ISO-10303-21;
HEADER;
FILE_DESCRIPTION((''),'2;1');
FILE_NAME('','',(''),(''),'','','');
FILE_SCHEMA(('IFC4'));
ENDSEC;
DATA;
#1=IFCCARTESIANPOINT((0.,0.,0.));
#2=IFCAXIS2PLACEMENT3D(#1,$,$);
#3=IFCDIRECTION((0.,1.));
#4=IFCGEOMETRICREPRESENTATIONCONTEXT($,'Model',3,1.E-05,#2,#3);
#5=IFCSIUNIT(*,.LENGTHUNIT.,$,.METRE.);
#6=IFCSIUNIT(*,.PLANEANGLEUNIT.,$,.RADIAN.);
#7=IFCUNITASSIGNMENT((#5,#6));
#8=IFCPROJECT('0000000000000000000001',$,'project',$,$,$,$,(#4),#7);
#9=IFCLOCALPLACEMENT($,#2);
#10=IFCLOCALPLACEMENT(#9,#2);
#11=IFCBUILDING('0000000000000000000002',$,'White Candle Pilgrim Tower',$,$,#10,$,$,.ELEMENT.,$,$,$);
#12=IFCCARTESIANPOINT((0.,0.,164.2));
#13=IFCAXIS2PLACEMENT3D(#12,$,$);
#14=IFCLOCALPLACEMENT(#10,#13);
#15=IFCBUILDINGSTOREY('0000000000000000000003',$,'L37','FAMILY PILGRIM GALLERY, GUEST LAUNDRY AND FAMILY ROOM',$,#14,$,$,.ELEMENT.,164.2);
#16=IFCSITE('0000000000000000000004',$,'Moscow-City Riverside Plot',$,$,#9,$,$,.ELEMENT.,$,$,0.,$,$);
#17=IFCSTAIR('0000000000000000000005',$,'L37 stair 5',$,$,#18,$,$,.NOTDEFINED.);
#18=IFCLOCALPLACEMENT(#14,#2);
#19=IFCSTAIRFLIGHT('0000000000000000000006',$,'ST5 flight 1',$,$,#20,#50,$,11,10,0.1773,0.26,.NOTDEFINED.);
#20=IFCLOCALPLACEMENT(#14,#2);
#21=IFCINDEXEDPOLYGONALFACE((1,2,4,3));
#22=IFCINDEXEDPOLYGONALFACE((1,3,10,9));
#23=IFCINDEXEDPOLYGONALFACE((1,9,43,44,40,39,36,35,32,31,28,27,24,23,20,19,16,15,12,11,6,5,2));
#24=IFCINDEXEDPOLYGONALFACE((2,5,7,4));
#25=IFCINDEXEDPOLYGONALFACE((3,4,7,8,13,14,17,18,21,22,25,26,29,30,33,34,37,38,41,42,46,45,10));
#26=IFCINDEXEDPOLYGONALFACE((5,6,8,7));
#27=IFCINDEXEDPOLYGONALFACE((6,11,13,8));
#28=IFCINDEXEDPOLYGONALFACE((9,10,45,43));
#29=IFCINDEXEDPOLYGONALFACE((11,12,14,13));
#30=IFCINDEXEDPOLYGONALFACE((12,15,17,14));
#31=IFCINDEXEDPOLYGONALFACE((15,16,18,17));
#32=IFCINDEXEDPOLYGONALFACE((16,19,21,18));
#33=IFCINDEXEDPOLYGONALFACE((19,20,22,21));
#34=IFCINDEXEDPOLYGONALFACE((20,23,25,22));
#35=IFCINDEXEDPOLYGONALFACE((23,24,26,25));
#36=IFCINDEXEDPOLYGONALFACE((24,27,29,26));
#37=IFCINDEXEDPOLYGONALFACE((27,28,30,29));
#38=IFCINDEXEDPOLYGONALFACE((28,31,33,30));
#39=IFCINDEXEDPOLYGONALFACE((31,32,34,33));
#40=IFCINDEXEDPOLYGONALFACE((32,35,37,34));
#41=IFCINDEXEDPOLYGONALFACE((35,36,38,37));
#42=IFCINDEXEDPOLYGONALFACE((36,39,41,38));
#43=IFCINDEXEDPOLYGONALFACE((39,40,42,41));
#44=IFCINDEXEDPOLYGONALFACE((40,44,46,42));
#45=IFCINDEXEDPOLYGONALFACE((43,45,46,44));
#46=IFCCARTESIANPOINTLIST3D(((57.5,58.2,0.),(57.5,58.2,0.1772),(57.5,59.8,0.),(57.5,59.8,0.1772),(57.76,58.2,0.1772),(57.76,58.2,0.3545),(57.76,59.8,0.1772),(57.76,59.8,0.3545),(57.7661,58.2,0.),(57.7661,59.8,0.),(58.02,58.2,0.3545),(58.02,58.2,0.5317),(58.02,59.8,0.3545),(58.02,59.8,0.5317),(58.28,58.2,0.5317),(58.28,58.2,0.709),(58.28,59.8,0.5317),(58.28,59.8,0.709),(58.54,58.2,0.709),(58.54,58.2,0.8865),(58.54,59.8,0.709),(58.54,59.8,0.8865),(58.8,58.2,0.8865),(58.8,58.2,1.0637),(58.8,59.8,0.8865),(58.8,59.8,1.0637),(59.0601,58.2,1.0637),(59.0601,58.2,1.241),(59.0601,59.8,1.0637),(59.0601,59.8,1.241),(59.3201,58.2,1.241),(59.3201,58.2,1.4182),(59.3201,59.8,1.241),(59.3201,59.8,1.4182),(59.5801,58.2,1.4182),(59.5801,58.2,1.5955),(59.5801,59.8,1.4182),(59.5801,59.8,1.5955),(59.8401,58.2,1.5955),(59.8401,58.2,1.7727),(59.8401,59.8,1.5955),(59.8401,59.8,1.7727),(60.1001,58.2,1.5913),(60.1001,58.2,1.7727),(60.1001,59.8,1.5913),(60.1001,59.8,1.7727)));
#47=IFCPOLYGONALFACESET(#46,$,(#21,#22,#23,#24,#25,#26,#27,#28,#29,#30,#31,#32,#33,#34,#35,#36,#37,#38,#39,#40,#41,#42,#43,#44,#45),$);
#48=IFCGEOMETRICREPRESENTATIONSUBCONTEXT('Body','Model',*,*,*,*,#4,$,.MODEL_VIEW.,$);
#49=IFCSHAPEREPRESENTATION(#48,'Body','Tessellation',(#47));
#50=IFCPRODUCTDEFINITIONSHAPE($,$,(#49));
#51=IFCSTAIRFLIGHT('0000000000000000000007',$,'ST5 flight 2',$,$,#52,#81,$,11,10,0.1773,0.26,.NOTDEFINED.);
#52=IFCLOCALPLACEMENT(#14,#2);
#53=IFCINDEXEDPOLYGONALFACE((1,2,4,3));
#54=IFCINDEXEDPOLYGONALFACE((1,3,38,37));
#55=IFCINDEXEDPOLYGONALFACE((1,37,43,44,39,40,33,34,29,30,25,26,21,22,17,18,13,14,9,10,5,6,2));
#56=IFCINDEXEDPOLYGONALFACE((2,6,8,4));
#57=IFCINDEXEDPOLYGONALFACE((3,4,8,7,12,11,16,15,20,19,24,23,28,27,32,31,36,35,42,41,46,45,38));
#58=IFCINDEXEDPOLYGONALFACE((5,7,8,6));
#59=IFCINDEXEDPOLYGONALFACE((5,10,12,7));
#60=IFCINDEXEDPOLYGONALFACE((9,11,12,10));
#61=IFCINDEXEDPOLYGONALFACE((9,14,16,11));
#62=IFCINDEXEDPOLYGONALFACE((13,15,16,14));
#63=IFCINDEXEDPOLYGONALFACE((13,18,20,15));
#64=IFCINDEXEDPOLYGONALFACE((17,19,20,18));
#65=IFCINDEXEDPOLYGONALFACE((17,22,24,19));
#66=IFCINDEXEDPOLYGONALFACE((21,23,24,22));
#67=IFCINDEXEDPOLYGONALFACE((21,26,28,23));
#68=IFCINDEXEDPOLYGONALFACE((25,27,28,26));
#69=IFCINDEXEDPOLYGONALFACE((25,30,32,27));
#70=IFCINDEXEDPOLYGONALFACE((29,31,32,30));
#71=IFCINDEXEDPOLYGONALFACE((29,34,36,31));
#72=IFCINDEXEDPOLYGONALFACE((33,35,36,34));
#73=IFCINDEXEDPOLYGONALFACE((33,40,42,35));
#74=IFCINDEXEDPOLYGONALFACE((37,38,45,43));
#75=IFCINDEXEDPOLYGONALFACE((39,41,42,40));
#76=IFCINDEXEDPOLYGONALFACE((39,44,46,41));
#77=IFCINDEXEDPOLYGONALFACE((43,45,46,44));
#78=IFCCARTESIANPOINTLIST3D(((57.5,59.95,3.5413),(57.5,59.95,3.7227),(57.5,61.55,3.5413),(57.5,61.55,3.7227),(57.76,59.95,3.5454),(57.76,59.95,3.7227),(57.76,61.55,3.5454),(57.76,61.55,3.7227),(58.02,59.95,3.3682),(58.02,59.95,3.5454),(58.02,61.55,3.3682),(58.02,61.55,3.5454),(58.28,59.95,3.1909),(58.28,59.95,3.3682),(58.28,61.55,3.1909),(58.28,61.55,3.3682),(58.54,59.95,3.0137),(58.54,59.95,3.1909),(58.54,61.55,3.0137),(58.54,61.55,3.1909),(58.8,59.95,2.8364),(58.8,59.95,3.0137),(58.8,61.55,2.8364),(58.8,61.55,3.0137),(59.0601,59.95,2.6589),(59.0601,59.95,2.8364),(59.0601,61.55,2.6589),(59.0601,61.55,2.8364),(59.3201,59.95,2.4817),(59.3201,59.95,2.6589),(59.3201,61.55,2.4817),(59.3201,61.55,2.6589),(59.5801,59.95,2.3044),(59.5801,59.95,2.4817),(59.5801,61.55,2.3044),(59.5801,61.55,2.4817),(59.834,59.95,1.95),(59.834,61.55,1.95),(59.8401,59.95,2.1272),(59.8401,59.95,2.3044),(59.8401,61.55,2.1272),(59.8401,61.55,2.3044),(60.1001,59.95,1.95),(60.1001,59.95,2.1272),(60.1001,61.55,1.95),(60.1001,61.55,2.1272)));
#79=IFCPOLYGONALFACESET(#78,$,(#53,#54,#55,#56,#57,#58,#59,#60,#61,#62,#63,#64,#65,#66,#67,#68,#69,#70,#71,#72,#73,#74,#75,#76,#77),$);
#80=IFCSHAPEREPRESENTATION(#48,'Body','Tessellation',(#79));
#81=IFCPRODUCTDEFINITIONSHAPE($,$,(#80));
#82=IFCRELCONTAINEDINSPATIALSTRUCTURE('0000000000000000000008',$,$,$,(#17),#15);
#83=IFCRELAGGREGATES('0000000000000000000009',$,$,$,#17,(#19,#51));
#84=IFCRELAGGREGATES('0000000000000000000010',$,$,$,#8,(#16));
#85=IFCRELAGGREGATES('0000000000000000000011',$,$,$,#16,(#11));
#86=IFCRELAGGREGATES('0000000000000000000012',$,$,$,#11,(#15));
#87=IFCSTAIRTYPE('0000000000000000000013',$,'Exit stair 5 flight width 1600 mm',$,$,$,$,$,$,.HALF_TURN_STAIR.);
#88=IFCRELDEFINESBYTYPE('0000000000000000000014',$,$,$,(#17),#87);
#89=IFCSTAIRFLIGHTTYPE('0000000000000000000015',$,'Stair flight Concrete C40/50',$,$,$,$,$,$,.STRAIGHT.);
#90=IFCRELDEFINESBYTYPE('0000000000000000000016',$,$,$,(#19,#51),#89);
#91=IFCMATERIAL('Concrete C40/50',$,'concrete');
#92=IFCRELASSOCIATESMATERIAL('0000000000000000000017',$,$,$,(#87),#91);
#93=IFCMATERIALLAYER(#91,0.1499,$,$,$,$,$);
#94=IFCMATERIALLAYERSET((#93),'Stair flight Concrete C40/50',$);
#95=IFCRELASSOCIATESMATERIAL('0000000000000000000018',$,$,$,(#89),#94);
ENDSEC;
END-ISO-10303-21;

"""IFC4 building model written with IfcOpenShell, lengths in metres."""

from ifc_helpers import new_model, si_unit, direction, frame, origin, place, context, subcontext, project, spatial, polyline, outline, extrude, material, layer, layer_set, type_object, element, aggregate, save


model = new_model("IFC4")

# Units and contexts
model_context = context("Model", 3, precision=1e-05, world=origin(), true_north=direction((0.0, 1.0)))
body_context = subcontext(model_context, "Body", "Model", "MODEL_VIEW")
ifc_project = project(units=[si_unit("LENGTHUNIT", "METRE"), si_unit("PLANEANGLEUNIT", "RADIAN")], contexts=[model_context])

# Site, building, storey
site_placement = place(None, origin())
site = spatial("IfcSite", under=ifc_project, at=site_placement, Name="Moscow-City Riverside Plot", CompositionType="ELEMENT", RefElevation=0.0)
building_placement = place(site_placement, origin())
building = spatial("IfcBuilding", under=site, at=building_placement, Name="White Candle Pilgrim Tower", CompositionType="ELEMENT")
storey_placement = place(building_placement, frame((0.0, 0.0, 164.2)))
storey = spatial("IfcBuildingStorey", under=building, at=storey_placement, Name="L37", Description="FAMILY PILGRIM GALLERY, GUEST LAUNDRY AND FAMILY ROOM", CompositionType="ELEMENT", Elevation=164.2)

# Stair, stair flights
ifc_material_1 = material(Name="Concrete C40/50", Category="concrete")
stair_type = type_object("IfcStairType", Name="Exit stair 5 flight width 1600 mm", PredefinedType="HALF_TURN_STAIR", material=ifc_material_1)
stair_placement = place(storey_placement, origin())
stair = element("IfcStair", 1, at=stair_placement, inside=storey, type_object=stair_type, Name="L37 stair 5", PredefinedType="NOTDEFINED")
ifc_layer_1 = layer(ifc_material_1, 0.1499)
ifc_layer_set_1 = layer_set([ifc_layer_1], Name="Stair flight Concrete C40/50")
stair_flight_type = type_object("IfcStairFlightType", Name="Stair flight Concrete C40/50", PredefinedType="STRAIGHT", material=ifc_layer_set_1)
stair_flight_1_placement = place(storey_placement, frame((57.5, 59.0, 0.0), z_axis=(0.0, 0.0, 1.0), x_axis=(1.0, 0.0, 0.0)))
stair_flight_1 = element("IfcStairFlight", 2, at=stair_flight_1_placement, type_object=stair_flight_type, Name="ST5 flight 1", NumberOfRisers=11, NumberOfTreads=10, PredefinedType="NOTDEFINED", RiserHeight=0.1773, TreadLength=0.26, context=body_context, shape_type="SweptSolid", body=[
    extrude(outline(polyline([(0.0, 0.0), (0.0, 0.1772), (0.26, 0.1772), (0.26, 0.3545), (0.52, 0.3545), (0.52, 0.5317), (0.78, 0.5317), (0.78, 0.709), (1.04, 0.709), (1.04, 0.8865), (1.3, 0.8865), (1.3, 1.0637), (1.5601, 1.0637), (1.5601, 1.241), (1.8201, 1.241), (1.8201, 1.4182), (2.0801, 1.4182), (2.0801, 1.5955), (2.3401, 1.5955), (2.3401, 1.7727), (2.6001, 1.7727), (2.6001, 1.95), (2.6001, 1.5913), (0.2661, 0.0), (0.0, 0.0)])), frame((0.0, 0.8, 0.0), z_axis=(0.0, -1.0, 0.0), x_axis=(1.0, 0.0, 0.0)), (0.0, 0.0, 1.0), 1.6001),
])
stair_flight_2_placement = place(storey_placement, frame((60.1001, 60.75, 1.95), z_axis=(0.0, 0.0, 1.0), x_axis=(-1.0, 0.0, 0.0)))
stair_flight_2 = element("IfcStairFlight", 3, at=stair_flight_2_placement, type_object=stair_flight_type, Name="ST5 flight 2", NumberOfRisers=11, NumberOfTreads=10, PredefinedType="NOTDEFINED", RiserHeight=0.1773, TreadLength=0.26, context=body_context, shape_type="SweptSolid", body=[
    extrude(outline(polyline([(0.0, 0.0), (0.0, 0.1772), (0.26, 0.1772), (0.26, 0.3545), (0.52, 0.3545), (0.52, 0.5317), (0.78, 0.5317), (0.78, 0.709), (1.04, 0.709), (1.04, 0.8865), (1.3, 0.8865), (1.3, 1.0637), (1.5601, 1.0637), (1.5601, 1.241), (1.8201, 1.241), (1.8201, 1.4182), (2.0801, 1.4182), (2.0801, 1.5955), (2.3401, 1.5955), (2.3401, 1.7727), (2.6001, 1.7727), (2.6001, 1.95), (2.6001, 1.5913), (0.2661, 0.0), (0.0, 0.0)])), frame((0.0, 0.8, 0.0), z_axis=(0.0, -1.0, 0.0), x_axis=(1.0, 0.0, 0.0)), (0.0, 0.0, 1.0), 1.6001),
])
aggregate(stair, [stair_flight_1, stair_flight_2])

save(model, "model.ifc")
